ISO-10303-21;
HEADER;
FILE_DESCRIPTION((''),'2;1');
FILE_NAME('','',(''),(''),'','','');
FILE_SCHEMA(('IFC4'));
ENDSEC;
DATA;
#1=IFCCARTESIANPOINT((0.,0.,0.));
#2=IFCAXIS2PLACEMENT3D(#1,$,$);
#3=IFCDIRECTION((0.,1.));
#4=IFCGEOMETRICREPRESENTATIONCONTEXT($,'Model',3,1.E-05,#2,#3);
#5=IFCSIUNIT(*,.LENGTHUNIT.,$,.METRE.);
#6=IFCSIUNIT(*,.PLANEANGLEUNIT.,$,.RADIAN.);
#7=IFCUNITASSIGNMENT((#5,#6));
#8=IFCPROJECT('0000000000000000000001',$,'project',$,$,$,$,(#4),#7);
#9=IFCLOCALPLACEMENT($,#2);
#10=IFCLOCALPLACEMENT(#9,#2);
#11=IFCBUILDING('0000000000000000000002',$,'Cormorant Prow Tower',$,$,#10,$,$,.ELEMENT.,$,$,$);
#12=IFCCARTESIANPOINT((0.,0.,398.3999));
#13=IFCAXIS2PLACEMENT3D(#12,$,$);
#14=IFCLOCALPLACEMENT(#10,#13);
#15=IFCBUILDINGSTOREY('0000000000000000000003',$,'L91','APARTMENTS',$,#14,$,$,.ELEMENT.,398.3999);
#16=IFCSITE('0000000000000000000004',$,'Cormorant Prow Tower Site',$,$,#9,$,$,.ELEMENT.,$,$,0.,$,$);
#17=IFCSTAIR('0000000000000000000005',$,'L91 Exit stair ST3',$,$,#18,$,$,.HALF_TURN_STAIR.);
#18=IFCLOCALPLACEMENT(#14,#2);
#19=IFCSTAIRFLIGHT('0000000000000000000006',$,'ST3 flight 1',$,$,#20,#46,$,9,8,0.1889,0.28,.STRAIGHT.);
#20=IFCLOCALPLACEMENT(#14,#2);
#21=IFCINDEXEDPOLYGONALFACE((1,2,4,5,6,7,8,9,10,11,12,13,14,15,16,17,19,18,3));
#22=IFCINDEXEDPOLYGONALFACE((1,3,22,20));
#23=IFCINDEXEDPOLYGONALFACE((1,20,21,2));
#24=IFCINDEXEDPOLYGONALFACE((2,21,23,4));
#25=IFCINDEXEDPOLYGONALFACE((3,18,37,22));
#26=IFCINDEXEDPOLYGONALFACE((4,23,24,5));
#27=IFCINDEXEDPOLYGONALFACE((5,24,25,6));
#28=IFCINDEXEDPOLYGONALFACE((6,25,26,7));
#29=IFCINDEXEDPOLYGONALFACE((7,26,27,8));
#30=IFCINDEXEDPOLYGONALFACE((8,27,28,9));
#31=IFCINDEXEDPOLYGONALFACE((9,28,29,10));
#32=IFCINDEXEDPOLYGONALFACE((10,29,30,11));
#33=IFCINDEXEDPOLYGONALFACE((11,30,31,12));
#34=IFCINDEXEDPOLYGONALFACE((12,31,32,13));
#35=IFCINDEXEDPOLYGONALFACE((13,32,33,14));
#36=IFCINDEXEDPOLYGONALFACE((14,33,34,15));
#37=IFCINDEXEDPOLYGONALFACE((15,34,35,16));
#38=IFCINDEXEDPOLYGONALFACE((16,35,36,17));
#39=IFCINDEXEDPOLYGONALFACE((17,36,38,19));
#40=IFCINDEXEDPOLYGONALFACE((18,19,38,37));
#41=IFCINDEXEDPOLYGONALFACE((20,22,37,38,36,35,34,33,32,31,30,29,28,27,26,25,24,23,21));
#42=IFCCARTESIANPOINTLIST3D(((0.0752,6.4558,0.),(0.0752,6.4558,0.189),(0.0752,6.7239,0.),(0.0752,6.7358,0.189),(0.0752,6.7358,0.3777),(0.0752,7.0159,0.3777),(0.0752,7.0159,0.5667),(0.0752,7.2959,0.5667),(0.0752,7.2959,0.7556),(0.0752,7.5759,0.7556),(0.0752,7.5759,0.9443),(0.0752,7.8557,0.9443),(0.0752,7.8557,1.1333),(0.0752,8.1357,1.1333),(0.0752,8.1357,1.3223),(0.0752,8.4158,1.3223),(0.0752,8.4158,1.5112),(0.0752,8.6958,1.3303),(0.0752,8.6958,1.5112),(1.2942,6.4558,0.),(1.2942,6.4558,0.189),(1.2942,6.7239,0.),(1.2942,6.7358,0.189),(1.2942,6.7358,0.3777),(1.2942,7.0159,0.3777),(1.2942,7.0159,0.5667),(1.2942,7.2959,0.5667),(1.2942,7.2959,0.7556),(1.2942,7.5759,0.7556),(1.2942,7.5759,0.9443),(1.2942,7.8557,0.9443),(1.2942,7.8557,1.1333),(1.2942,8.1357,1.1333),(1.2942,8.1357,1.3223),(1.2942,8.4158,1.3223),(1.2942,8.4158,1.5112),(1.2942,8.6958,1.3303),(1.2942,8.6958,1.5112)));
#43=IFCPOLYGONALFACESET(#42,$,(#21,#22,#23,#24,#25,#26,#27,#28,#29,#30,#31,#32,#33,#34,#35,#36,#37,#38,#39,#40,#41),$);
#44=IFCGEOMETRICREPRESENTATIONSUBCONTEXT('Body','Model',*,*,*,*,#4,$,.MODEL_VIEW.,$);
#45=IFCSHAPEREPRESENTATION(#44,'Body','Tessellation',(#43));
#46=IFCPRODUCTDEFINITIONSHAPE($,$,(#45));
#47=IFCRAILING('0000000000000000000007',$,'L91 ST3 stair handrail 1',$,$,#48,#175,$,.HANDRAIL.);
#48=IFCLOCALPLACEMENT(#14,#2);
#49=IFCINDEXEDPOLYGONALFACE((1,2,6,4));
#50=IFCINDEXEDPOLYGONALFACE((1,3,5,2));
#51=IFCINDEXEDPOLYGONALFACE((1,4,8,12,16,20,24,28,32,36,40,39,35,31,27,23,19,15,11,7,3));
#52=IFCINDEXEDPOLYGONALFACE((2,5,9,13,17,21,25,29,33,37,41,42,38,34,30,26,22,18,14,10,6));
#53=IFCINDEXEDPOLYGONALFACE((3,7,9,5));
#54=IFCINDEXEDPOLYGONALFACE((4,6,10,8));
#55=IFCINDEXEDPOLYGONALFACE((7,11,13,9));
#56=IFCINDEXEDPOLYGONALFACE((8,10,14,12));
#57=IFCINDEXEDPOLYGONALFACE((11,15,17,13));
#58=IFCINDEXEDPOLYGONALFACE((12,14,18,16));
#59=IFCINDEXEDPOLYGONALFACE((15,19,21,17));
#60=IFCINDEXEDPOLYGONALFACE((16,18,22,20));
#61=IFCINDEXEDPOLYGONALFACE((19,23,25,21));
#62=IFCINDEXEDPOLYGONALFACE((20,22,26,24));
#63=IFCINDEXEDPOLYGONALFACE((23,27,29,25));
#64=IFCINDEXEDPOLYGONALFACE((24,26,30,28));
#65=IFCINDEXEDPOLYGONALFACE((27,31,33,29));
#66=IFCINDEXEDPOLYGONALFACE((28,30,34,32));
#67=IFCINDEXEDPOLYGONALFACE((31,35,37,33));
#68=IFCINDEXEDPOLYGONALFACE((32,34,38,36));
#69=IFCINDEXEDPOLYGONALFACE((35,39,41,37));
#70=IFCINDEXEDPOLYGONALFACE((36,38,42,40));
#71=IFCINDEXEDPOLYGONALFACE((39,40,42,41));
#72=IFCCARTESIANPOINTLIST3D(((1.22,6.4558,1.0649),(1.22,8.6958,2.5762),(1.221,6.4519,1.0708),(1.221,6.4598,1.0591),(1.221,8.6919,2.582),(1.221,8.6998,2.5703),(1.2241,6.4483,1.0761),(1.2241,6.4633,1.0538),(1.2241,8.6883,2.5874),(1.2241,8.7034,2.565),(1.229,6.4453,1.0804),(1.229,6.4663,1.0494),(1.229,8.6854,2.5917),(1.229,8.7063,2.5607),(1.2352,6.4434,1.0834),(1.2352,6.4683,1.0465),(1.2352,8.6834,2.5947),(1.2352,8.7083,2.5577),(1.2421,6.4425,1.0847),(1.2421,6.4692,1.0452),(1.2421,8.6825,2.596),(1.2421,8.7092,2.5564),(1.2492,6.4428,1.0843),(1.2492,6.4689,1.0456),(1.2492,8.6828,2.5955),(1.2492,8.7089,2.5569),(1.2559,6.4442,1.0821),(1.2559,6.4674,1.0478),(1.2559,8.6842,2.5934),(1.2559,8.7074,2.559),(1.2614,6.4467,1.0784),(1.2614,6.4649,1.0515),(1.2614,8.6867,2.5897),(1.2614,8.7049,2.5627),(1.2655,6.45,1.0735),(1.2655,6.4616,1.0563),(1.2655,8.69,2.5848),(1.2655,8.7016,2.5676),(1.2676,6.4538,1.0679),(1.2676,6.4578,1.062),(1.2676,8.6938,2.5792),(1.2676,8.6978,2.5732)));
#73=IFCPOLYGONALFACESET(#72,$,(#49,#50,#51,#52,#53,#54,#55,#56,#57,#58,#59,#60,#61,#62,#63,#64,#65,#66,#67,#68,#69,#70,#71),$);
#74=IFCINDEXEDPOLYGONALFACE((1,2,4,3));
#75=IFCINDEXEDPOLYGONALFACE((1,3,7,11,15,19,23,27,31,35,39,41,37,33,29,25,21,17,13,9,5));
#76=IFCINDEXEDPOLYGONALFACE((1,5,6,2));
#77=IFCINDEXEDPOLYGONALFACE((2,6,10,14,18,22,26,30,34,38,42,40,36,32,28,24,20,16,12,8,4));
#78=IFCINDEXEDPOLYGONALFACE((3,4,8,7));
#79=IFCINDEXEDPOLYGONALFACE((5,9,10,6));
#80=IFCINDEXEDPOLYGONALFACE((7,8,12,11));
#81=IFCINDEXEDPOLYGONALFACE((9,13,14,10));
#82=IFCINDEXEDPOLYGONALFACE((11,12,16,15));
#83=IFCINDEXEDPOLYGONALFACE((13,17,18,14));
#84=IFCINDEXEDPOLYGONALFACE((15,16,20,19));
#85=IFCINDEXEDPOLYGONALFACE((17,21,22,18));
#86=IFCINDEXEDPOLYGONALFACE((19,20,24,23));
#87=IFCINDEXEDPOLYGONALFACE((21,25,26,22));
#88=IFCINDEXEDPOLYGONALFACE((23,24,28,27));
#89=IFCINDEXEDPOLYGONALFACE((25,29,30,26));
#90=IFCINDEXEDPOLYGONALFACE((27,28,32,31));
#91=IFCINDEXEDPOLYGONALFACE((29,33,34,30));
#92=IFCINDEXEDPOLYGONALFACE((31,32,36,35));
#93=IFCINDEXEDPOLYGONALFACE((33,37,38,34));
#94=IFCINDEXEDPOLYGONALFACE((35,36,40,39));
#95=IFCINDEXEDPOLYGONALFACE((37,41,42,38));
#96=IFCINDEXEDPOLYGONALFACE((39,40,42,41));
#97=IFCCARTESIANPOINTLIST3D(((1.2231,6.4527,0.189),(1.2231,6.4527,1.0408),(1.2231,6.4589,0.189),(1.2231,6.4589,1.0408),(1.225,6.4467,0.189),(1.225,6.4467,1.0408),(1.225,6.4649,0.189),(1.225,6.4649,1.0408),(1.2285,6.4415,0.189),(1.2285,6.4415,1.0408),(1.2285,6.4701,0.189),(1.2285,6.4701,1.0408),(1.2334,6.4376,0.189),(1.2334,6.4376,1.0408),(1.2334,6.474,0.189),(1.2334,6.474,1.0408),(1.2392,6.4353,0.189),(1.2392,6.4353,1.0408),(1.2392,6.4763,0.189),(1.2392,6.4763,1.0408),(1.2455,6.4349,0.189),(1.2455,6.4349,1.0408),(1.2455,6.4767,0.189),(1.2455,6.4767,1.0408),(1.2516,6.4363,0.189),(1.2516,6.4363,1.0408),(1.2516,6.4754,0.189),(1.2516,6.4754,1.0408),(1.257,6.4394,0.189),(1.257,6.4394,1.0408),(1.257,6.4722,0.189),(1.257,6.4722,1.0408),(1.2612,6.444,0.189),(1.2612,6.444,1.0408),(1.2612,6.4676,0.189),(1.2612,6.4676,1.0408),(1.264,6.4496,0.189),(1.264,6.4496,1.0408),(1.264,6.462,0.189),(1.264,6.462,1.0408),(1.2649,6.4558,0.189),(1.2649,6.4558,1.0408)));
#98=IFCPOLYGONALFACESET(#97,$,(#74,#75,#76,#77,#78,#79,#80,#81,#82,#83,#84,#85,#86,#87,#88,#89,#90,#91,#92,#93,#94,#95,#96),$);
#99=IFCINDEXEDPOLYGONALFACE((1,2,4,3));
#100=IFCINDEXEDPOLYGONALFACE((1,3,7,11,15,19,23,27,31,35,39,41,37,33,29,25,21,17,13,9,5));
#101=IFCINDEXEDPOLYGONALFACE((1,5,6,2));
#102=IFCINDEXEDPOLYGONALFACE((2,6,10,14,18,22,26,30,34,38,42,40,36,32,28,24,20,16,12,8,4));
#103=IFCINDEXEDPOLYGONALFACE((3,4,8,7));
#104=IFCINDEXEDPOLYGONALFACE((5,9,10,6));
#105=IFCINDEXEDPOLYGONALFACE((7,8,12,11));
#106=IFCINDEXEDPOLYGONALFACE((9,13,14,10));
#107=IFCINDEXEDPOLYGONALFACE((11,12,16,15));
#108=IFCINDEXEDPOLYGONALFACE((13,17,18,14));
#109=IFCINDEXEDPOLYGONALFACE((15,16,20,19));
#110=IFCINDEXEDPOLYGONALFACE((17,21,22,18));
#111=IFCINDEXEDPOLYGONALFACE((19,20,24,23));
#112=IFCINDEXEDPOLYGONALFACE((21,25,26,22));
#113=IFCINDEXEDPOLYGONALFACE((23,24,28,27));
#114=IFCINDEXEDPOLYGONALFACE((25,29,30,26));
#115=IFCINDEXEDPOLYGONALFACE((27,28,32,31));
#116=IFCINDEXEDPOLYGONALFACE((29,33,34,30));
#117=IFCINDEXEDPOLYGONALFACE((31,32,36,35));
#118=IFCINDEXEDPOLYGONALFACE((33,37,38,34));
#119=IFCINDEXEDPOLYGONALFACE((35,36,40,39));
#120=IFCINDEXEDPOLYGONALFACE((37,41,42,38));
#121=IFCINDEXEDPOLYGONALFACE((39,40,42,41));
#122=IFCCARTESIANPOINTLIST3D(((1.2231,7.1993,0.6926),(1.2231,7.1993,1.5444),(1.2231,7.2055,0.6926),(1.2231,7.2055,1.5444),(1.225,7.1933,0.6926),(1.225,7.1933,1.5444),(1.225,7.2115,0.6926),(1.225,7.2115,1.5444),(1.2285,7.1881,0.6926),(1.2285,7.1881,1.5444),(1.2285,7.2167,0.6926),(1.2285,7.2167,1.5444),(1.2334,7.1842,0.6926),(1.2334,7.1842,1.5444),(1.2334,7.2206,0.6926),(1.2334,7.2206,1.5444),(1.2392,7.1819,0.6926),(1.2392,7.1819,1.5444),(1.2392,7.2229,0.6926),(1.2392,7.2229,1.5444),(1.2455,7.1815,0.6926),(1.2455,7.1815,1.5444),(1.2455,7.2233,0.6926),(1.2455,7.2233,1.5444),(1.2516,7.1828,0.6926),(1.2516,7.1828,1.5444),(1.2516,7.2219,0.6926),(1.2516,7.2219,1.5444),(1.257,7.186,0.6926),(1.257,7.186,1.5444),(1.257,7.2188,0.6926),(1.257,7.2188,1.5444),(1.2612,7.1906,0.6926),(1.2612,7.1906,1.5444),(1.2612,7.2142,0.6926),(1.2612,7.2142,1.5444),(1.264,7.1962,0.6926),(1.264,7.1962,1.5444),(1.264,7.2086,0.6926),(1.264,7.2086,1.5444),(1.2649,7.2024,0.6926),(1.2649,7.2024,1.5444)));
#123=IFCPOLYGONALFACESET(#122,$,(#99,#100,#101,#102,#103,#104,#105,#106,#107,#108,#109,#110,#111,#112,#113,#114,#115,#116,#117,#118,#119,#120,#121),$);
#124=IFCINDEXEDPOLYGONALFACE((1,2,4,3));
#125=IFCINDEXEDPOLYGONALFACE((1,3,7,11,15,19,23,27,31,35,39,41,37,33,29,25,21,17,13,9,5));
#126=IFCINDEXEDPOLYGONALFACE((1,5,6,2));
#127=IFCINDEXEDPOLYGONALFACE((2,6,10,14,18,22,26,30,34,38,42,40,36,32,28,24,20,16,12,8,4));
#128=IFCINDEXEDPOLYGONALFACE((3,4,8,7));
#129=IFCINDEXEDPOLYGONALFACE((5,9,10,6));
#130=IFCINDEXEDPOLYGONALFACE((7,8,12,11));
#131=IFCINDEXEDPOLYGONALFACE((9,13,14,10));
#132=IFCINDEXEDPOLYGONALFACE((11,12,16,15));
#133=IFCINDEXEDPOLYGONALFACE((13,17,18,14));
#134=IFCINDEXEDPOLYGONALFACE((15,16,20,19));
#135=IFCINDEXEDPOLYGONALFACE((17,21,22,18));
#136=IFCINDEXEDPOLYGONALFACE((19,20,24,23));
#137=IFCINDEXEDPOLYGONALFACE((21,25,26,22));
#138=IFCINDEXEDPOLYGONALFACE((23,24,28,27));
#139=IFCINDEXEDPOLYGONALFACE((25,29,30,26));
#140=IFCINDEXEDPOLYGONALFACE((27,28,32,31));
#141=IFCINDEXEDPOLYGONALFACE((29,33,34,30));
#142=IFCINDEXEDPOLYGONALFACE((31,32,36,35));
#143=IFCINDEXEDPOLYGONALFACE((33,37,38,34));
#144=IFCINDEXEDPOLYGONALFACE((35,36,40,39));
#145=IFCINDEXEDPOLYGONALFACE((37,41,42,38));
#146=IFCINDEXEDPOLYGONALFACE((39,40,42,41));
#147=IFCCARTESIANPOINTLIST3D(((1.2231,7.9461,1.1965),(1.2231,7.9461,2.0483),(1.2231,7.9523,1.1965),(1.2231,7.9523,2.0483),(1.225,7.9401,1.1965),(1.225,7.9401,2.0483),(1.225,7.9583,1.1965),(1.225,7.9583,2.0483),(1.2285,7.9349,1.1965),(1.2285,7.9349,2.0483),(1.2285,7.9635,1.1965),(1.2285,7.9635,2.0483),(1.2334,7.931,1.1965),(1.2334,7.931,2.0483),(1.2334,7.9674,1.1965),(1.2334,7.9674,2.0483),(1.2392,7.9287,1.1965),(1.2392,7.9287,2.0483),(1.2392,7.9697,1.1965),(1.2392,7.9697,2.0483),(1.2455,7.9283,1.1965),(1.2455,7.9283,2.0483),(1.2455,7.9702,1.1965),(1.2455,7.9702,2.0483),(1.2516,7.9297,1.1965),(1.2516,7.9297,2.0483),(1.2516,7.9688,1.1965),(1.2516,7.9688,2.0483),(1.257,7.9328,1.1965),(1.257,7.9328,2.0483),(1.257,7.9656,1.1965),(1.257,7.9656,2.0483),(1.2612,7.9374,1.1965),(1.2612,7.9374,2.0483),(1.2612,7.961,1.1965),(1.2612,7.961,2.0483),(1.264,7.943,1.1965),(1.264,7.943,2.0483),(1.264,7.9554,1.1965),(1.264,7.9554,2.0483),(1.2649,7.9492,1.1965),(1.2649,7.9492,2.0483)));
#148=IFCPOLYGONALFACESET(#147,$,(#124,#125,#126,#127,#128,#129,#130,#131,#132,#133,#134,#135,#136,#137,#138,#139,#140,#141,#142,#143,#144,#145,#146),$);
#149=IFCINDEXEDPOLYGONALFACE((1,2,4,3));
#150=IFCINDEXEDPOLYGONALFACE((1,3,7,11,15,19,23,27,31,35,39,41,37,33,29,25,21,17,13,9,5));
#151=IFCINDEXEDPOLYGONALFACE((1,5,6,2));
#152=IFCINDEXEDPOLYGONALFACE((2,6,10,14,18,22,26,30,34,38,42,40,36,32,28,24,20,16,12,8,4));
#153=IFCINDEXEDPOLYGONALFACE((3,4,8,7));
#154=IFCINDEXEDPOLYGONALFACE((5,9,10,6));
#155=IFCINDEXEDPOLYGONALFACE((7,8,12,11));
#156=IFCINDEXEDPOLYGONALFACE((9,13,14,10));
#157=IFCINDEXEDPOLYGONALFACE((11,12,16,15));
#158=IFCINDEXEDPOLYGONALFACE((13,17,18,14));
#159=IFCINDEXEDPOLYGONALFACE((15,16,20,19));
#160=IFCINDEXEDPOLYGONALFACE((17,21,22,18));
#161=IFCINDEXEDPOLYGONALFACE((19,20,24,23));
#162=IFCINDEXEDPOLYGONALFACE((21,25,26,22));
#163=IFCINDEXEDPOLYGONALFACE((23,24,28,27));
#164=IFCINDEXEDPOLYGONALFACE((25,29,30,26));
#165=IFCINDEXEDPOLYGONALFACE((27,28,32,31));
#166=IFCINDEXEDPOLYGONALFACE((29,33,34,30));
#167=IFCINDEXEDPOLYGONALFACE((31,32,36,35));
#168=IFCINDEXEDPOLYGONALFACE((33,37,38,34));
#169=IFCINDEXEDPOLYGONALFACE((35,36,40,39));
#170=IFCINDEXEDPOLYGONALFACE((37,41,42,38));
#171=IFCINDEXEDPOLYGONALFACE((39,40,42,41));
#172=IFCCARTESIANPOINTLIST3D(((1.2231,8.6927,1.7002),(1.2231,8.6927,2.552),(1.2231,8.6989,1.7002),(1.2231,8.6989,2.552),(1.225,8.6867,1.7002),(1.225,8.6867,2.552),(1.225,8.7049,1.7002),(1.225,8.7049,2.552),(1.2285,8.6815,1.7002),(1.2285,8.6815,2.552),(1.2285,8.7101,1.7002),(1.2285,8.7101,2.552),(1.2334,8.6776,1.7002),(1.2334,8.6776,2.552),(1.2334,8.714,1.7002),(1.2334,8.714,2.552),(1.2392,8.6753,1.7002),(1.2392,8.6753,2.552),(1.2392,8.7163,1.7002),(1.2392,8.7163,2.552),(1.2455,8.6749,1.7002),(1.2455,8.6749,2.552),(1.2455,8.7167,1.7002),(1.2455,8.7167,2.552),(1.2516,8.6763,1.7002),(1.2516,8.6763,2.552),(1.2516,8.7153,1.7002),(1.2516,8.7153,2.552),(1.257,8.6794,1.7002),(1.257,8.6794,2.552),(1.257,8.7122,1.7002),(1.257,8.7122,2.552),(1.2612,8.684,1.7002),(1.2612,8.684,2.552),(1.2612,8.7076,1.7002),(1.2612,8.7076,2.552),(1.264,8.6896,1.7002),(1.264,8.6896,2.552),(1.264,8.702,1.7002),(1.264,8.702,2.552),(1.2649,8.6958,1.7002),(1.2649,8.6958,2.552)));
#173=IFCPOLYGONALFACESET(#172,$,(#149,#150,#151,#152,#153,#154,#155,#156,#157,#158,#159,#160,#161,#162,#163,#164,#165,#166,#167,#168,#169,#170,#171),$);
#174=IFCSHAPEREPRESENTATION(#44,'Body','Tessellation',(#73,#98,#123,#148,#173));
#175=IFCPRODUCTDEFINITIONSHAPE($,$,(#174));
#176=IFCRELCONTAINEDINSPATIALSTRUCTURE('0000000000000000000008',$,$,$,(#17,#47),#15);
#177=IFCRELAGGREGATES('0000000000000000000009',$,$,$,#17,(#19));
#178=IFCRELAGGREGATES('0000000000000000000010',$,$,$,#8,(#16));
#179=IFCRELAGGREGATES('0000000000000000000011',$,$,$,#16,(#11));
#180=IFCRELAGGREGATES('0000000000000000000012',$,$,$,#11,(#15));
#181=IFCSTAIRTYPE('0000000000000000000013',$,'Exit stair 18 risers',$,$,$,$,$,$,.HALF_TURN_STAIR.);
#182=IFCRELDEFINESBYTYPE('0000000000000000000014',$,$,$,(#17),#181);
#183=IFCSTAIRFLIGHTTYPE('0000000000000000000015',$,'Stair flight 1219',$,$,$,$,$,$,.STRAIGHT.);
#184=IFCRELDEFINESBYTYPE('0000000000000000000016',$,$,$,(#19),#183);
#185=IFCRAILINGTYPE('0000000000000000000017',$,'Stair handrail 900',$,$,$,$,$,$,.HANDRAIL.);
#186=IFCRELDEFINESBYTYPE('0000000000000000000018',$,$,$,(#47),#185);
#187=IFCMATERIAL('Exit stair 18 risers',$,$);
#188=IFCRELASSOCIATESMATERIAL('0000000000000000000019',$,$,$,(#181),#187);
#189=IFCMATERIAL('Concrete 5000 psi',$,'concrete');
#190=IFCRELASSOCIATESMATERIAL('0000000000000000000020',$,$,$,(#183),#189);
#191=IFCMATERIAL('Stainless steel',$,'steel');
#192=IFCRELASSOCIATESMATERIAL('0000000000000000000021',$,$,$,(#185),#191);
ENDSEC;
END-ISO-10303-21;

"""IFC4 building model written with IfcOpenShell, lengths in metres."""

from ifc_helpers import new_model, si_unit, direction, frame, origin, origin_2d, place, context, subcontext, project, spatial, polyline, circle, outline, extrude, material, type_object, element, aggregate, save


model = new_model("IFC4")

# Units and contexts
model_context = context("Model", 3, precision=1e-05, world=origin(), true_north=direction((0.0, 1.0)))
body_context = subcontext(model_context, "Body", "Model", "MODEL_VIEW")
ifc_project = project(units=[si_unit("LENGTHUNIT", "METRE"), si_unit("PLANEANGLEUNIT", "RADIAN")], contexts=[model_context])

# Site, building, storey
site_placement = place(None, origin())
site = spatial("IfcSite", under=ifc_project, at=site_placement, Name="Cormorant Prow Tower Site", CompositionType="ELEMENT", RefElevation=0.0)
building_placement = place(site_placement, origin())
building = spatial("IfcBuilding", under=site, at=building_placement, Name="Cormorant Prow Tower", CompositionType="ELEMENT")
storey_placement = place(building_placement, frame((0.0, 0.0, 398.3999)))
storey = spatial("IfcBuildingStorey", under=building, at=storey_placement, Name="L91", Description="APARTMENTS", CompositionType="ELEMENT", Elevation=398.3999)

# Stair
ifc_material_1 = material(Name="Exit stair 18 risers")
stair_type = type_object("IfcStairType", Name="Exit stair 18 risers", PredefinedType="HALF_TURN_STAIR", material=ifc_material_1)
stair_1_placement = place(storey_placement, origin())
stair_1 = element("IfcStair", 1, at=stair_1_placement, inside=storey, type_object=stair_type, Name="L91 Exit stair ST3", PredefinedType="HALF_TURN_STAIR")

# Stair flight
ifc_material_2 = material(Name="Concrete 5000 psi", Category="concrete")
stair_flight_type = type_object("IfcStairFlightType", Name="Stair flight 1219", PredefinedType="STRAIGHT", material=ifc_material_2)
stair_flight_placement = place(storey_placement, frame((0.6846, 6.4558, 0.0), z_axis=(0.0, 0.0, 1.0), x_axis=(0.0, 1.0, 0.0)))
stair_flight = element("IfcStairFlight", 2, at=stair_flight_placement, type_object=stair_flight_type, Name="ST3 flight 1", NumberOfRisers=9, NumberOfTreads=8, PredefinedType="STRAIGHT", RiserHeight=0.1889, TreadLength=0.28, context=body_context, shape_type="SweptSolid", body=[
    extrude(outline(polyline([(0.0, 0.0), (0.0, 0.189), (0.28, 0.189), (0.28, 0.3777), (0.5601, 0.3777), (0.5601, 0.5667), (0.8401, 0.5667), (0.8401, 0.7556), (1.1201, 0.7556), (1.1201, 0.9443), (1.3999, 0.9443), (1.3999, 1.1333), (1.6799, 1.1333), (1.6799, 1.3223), (1.96, 1.3223), (1.96, 1.5112), (2.24, 1.5112), (2.24, 1.7), (2.24, 1.3303), (0.2681, 0.0), (0.0, 0.0)])), frame((0.0, 0.6094, 0.0), z_axis=(0.0, -1.0, 0.0), x_axis=(1.0, 0.0, 0.0)), (0.0, 0.0, 1.0), 1.219),
])
aggregate(stair_1, [stair_flight])

# Railing
ifc_material_3 = material(Name="Stainless steel", Category="steel")
railing_type_1 = type_object("IfcRailingType", Name="Stair handrail 900", PredefinedType="HANDRAIL", material=ifc_material_3)
railing_1_placement = place(storey_placement, frame((1.2439, 6.4558, 0.189)))
element("IfcRailing", 3, at=railing_1_placement, inside=storey, type_object=railing_type_1, Name="L91 ST3 stair handrail 1", PredefinedType="HANDRAIL", context=body_context, shape_type="SweptSolid", body=[
    extrude(circle(Radius=0.0239, at=origin_2d()), frame((0.0, 0.0, 0.876), z_axis=(0.0, 0.82898, 0.559279), x_axis=(-1.0, 0.0, 0.0)), (0.0, 0.0, 1.0), 2.7021),
    extrude(circle(Radius=0.021, at=origin_2d()), origin(), (0.0, 0.0, 1.0), 0.8518),
    extrude(circle(Radius=0.021, at=origin_2d()), frame((0.0, 0.7466, 0.5037)), (0.0, 0.0, 1.0), 0.8518),
    extrude(circle(Radius=0.021, at=origin_2d()), frame((0.0, 1.4934, 1.0076)), (0.0, 0.0, 1.0), 0.8518),
    extrude(circle(Radius=0.021, at=origin_2d()), frame((0.0, 2.24, 1.5112)), (0.0, 0.0, 1.0), 0.8518),
])

save(model, "model.ifc")
